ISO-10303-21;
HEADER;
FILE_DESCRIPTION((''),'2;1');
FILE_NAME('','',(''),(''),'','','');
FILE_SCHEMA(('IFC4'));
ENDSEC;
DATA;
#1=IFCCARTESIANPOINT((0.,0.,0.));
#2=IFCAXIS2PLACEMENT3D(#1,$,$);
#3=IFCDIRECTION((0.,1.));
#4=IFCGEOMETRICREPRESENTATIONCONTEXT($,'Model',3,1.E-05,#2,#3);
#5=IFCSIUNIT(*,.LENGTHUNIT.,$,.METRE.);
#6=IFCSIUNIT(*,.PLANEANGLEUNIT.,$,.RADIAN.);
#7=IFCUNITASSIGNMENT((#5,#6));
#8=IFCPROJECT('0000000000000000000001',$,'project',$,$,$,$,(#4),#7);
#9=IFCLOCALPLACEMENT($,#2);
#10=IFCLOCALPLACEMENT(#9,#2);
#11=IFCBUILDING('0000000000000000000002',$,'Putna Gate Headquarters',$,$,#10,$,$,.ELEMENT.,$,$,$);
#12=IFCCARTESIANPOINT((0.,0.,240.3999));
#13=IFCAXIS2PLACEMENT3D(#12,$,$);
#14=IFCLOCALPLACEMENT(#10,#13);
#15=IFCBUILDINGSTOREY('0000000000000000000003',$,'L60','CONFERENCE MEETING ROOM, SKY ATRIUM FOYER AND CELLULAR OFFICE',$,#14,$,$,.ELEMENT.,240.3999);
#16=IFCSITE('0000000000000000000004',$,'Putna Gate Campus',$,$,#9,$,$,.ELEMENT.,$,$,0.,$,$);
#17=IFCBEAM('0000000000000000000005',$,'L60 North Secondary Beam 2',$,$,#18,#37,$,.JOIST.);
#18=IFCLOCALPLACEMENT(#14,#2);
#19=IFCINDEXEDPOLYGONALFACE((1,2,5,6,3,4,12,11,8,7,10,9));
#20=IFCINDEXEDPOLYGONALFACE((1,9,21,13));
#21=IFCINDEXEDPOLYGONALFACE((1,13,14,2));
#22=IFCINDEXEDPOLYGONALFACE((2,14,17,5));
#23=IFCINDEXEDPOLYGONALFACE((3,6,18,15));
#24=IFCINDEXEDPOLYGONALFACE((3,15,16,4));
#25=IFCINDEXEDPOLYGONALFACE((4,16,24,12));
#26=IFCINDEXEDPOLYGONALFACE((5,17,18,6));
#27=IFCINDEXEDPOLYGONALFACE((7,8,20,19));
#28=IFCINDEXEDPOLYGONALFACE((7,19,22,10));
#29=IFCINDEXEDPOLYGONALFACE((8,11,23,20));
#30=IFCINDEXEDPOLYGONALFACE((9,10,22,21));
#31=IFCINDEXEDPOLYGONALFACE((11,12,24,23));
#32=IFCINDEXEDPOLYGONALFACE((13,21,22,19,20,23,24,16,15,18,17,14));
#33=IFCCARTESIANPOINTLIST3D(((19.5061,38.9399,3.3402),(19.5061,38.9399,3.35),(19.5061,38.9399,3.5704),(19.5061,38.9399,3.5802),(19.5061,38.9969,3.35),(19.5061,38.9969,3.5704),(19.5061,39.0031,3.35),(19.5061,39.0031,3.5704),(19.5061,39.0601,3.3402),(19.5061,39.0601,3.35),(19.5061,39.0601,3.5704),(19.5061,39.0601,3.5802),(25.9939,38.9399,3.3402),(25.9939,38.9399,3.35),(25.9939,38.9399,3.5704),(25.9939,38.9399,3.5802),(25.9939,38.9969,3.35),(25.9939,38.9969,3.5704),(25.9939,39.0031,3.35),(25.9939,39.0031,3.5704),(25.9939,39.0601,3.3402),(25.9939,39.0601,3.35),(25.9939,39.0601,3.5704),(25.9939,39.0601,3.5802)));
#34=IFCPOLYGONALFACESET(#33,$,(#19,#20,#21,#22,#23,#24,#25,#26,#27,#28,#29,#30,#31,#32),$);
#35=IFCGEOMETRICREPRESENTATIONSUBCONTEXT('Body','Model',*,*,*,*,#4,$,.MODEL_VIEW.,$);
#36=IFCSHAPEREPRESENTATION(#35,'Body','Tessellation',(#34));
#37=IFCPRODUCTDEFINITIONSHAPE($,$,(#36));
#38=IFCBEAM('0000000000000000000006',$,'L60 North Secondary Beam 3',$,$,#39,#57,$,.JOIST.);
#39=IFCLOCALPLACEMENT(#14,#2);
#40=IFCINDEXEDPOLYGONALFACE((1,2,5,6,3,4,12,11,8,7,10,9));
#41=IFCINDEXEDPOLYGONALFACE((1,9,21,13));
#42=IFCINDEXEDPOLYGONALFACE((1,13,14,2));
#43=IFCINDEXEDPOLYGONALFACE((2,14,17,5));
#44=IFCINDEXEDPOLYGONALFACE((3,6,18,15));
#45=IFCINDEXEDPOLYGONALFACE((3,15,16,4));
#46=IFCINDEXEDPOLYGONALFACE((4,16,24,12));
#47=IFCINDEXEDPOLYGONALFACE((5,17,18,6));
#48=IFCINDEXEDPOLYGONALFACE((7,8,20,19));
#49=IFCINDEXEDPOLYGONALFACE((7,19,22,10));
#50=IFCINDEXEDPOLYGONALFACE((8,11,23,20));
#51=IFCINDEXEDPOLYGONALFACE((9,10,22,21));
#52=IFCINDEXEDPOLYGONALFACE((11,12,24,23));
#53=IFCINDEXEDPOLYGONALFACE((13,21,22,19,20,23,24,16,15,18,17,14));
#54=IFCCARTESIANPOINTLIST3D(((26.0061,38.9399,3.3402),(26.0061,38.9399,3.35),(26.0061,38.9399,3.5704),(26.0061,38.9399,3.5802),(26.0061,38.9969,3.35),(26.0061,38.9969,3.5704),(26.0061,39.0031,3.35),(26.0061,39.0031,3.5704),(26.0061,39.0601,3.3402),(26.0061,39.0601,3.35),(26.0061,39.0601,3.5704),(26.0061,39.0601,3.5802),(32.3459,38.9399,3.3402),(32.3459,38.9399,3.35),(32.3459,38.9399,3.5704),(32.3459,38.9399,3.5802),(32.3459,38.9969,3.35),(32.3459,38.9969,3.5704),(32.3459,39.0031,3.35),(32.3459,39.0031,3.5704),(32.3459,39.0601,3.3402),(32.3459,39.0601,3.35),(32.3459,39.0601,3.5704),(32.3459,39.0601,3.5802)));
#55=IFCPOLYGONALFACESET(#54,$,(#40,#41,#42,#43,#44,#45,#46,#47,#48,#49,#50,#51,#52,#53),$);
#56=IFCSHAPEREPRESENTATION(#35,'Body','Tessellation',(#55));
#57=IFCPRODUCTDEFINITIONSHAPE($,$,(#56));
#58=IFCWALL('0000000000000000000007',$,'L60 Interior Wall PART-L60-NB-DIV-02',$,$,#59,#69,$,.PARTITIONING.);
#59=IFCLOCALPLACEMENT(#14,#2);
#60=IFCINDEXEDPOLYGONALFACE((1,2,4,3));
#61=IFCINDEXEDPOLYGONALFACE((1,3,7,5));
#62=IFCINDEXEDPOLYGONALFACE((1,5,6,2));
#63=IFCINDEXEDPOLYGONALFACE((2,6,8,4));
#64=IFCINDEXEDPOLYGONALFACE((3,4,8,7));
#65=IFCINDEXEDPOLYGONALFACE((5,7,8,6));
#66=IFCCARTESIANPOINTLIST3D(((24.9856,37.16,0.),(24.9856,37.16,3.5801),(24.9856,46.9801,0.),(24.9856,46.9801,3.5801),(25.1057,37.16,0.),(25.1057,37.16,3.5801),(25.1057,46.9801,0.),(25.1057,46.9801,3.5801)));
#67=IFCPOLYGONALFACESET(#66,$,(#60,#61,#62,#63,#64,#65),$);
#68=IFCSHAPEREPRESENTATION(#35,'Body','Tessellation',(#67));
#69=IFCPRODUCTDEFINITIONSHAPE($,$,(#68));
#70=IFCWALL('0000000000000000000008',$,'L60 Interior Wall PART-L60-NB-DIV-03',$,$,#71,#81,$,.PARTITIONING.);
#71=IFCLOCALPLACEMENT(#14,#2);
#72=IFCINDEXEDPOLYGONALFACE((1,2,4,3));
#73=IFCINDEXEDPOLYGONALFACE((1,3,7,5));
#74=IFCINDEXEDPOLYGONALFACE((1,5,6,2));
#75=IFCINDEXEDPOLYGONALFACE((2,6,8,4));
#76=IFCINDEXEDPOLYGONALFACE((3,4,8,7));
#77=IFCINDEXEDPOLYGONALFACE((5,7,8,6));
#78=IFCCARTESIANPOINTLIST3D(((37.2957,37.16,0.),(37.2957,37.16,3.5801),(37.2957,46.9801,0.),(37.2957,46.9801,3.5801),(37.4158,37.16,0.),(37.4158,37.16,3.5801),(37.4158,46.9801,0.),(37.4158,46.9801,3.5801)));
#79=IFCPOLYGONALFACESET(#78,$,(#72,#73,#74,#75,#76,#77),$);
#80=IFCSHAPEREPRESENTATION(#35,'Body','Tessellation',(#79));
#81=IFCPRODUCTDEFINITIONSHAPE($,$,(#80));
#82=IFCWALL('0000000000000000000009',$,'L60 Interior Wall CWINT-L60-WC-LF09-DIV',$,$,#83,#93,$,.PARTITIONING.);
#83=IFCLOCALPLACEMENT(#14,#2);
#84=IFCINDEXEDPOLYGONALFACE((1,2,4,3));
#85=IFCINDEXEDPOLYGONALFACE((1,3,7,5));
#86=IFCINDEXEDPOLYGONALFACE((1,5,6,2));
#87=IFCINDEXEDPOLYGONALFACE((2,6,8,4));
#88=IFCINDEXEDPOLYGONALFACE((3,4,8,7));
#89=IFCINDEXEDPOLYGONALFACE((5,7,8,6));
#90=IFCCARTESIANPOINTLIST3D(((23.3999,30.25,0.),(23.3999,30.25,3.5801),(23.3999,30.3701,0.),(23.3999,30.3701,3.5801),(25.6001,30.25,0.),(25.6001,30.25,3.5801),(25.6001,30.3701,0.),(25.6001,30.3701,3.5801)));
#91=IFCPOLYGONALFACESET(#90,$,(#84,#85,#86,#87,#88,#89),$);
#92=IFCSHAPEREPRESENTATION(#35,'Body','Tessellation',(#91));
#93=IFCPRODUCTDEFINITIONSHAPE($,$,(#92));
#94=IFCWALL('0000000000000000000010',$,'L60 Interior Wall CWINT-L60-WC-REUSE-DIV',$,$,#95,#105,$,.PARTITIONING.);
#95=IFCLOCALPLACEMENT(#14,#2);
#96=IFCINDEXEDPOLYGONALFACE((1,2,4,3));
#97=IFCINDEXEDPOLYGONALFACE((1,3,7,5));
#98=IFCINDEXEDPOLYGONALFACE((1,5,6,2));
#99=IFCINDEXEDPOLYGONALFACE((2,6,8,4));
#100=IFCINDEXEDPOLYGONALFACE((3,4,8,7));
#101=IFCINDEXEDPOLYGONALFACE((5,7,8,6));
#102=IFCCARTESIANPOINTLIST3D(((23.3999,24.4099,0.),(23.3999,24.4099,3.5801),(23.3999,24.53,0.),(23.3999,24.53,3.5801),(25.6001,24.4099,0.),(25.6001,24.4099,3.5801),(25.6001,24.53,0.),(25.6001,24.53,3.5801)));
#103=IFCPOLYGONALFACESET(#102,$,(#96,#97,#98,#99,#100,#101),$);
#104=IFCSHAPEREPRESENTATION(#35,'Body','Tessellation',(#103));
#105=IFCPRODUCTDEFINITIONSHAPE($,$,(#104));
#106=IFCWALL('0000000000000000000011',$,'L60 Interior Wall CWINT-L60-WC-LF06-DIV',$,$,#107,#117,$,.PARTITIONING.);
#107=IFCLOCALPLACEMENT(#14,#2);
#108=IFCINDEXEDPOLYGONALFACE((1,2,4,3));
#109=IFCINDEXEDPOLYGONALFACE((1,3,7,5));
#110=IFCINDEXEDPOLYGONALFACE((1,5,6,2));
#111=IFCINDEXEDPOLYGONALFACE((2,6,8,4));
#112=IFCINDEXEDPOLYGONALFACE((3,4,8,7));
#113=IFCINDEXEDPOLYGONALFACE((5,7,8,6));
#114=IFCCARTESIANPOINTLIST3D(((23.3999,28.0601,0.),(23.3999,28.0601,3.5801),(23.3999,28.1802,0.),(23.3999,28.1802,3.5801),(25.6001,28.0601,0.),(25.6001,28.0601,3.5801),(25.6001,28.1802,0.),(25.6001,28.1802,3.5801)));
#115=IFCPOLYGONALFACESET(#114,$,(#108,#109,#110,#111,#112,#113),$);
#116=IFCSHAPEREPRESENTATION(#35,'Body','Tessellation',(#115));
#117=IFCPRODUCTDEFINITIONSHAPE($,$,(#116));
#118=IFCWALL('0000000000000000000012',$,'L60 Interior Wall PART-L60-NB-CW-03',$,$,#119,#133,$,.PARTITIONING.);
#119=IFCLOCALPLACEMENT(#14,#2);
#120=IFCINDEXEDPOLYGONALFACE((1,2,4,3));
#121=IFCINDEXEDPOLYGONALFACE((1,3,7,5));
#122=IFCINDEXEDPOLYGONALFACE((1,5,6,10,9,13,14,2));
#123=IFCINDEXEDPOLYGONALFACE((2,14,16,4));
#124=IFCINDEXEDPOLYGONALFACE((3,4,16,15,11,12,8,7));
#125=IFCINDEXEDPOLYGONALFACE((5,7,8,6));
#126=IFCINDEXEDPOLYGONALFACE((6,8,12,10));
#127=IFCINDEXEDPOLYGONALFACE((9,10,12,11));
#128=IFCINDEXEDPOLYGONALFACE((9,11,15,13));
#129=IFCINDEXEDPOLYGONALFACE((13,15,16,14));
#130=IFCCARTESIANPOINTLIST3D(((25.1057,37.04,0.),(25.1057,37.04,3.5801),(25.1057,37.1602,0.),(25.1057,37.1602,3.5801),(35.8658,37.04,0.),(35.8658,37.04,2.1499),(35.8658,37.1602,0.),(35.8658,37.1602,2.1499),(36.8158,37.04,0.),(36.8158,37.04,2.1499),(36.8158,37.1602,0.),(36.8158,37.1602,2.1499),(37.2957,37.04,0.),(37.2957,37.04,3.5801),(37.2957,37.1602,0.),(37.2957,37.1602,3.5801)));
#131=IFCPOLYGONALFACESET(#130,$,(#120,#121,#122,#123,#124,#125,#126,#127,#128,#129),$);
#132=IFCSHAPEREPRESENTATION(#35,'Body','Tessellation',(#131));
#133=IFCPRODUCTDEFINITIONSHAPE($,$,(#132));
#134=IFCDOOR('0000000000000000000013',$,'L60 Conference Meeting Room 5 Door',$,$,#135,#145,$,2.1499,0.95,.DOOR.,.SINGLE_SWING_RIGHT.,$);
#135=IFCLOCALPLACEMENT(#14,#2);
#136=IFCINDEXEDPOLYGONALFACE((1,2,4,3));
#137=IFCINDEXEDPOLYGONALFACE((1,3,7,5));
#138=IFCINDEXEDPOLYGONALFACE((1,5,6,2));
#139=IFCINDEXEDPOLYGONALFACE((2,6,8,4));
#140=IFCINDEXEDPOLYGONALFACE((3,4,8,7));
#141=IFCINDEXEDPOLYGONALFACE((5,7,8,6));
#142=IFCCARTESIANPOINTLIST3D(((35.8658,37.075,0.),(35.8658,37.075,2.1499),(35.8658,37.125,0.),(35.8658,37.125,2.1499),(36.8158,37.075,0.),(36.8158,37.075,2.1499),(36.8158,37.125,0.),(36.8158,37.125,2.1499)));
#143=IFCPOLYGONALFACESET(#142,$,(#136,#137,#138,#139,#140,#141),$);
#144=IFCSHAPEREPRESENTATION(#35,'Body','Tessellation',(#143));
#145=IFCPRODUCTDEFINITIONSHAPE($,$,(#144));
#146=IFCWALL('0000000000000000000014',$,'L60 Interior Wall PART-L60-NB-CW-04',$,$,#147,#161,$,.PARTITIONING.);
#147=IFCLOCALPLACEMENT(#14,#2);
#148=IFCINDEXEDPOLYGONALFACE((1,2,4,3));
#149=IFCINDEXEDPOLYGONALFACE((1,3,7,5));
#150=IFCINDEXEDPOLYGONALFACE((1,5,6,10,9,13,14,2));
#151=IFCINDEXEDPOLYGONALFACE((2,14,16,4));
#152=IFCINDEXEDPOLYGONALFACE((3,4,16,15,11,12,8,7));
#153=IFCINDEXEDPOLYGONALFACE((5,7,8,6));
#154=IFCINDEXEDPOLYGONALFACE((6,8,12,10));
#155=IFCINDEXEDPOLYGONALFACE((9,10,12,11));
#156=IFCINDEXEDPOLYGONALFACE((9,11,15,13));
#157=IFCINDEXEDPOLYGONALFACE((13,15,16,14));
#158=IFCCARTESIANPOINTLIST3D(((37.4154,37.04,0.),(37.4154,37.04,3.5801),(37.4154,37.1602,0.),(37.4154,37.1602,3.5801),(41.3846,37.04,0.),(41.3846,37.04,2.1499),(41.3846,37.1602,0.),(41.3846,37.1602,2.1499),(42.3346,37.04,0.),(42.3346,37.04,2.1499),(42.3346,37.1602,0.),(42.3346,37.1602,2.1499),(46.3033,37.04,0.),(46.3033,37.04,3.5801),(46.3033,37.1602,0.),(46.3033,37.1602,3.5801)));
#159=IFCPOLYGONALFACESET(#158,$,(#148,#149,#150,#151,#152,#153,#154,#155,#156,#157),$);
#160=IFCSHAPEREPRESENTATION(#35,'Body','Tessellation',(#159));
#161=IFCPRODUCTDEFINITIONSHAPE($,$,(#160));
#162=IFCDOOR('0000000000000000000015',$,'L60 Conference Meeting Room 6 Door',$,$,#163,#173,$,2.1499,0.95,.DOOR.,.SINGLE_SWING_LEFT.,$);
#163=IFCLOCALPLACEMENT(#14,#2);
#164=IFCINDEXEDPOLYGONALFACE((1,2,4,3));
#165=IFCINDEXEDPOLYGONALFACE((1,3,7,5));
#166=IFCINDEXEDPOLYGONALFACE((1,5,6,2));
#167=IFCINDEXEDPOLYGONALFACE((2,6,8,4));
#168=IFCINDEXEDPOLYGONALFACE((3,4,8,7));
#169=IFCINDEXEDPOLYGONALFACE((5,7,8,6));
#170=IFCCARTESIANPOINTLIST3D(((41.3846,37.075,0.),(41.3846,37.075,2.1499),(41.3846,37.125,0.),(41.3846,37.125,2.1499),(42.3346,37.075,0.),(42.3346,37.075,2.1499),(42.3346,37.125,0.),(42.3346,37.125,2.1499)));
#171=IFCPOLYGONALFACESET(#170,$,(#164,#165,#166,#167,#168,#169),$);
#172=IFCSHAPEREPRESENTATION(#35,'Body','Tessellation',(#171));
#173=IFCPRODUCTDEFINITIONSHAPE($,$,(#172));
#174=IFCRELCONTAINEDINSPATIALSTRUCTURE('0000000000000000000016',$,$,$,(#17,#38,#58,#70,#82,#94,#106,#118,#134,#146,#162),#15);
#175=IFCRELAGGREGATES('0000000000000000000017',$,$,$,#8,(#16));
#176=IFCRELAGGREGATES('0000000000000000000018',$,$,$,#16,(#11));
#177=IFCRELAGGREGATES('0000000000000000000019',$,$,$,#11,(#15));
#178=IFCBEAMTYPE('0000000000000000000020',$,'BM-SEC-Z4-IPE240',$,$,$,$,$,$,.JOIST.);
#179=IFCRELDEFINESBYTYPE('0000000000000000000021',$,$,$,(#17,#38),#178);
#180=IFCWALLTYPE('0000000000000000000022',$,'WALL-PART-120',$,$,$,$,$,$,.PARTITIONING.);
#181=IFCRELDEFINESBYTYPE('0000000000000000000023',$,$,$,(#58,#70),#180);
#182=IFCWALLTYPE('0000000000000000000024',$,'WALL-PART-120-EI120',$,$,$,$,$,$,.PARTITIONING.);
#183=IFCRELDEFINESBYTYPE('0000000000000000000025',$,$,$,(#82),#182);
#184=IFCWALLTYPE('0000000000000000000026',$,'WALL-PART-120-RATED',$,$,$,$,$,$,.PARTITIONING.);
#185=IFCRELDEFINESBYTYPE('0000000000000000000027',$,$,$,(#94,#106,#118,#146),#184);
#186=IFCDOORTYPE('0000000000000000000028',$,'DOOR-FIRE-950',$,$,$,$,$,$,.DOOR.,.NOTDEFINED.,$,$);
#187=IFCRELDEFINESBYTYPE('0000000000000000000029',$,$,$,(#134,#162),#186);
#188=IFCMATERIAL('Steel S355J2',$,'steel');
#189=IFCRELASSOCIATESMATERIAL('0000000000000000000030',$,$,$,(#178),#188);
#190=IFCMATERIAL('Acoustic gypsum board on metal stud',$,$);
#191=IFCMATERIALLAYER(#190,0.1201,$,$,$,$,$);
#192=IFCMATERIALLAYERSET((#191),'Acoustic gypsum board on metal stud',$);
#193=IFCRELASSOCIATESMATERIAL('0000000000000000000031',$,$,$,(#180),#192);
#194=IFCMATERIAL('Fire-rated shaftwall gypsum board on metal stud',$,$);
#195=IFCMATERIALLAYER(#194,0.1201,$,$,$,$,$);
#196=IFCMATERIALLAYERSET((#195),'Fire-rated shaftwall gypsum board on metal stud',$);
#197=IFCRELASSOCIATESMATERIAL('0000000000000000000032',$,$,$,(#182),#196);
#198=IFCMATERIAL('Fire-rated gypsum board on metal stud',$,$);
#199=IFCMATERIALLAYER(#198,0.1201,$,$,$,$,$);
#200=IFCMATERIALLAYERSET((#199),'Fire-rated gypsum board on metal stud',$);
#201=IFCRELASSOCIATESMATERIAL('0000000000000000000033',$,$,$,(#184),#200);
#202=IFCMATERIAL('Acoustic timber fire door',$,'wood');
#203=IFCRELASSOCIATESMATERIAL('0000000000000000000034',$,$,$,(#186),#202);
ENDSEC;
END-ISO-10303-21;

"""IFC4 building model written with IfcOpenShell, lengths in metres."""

from ifc_helpers import new_model, si_unit, direction, frame, frame_2d, origin, origin_2d, place, context, subcontext, project, spatial, rectangle, i_section, extrude, material, layer, layer_set, material_profile, profile_set, type_object, element, fill, save


model = new_model("IFC4")

# Units and contexts
model_context = context("Model", 3, precision=1e-05, world=origin(), true_north=direction((0.0, 1.0)))
body_context = subcontext(model_context, "Body", "Model", "MODEL_VIEW")
ifc_project = project(units=[si_unit("LENGTHUNIT", "METRE"), si_unit("PLANEANGLEUNIT", "RADIAN")], contexts=[model_context])

# Site, building, storey
site_placement = place(None, origin())
site = spatial("IfcSite", under=ifc_project, at=site_placement, Name="Putna Gate Campus", CompositionType="ELEMENT", RefElevation=0.0)
building_placement = place(site_placement, origin())
building = spatial("IfcBuilding", under=site, at=building_placement, Name="Putna Gate Headquarters", CompositionType="ELEMENT")
storey_placement = place(building_placement, frame((0.0, 0.0, 240.3999)))
storey = spatial("IfcBuildingStorey", under=building, at=storey_placement, Name="L60", Description="CONFERENCE MEETING ROOM, SKY ATRIUM FOYER AND CELLULAR OFFICE", CompositionType="ELEMENT", Elevation=240.3999)

# Beams
ifc_material_1 = material(Name="Steel S355J2", Category="steel")
ifc_material_profile_1 = material_profile(ifc_material_1, i_section(OverallWidth=0.1201, OverallDepth=0.24, WebThickness=0.0061, FlangeThickness=0.0098, at=origin_2d()), Name="Steel S355J2")
ifc_profile_set_1 = profile_set([ifc_material_profile_1], Name="Steel S355J2")
beam_type_1 = type_object("IfcBeamType", Name="BM-SEC-Z4-IPE240", PredefinedType="JOIST", material=ifc_profile_set_1)
beam_1_placement = place(storey_placement, frame((19.5061, 39.0, 3.4602), z_axis=(1.0, 0.0, 0.0), x_axis=(0.0, 1.0, 0.0)))
element("IfcBeam", 1, at=beam_1_placement, inside=storey, type_object=beam_type_1, Name="L60 North Secondary Beam 2", PredefinedType="JOIST", context=body_context, shape_type="SweptSolid", body=[
    extrude(i_section(OverallWidth=0.1201, OverallDepth=0.24, WebThickness=0.0061, FlangeThickness=0.0098, at=origin_2d()), origin(), (0.0, 0.0, 1.0), 6.4878),
])
beam_2_placement = place(storey_placement, frame((26.0061, 39.0, 3.4602), z_axis=(1.0, 0.0, 0.0), x_axis=(0.0, 1.0, 0.0)))
element("IfcBeam", 2, at=beam_2_placement, inside=storey, type_object=beam_type_1, Name="L60 North Secondary Beam 3", PredefinedType="JOIST", context=body_context, shape_type="SweptSolid", body=[
    extrude(i_section(OverallWidth=0.1201, OverallDepth=0.24, WebThickness=0.0061, FlangeThickness=0.0098, at=origin_2d()), origin(), (0.0, 0.0, 1.0), 6.3398),
])

# Walls
ifc_material_2 = material(Name="Acoustic gypsum board on metal stud")
ifc_layer_1 = layer(ifc_material_2, 0.1201)
ifc_layer_set_1 = layer_set([ifc_layer_1], Name="Acoustic gypsum board on metal stud")
wall_type_1 = type_object("IfcWallType", Name="WALL-PART-120", PredefinedType="PARTITIONING", material=ifc_layer_set_1)
for number, where, z_axis, x_axis, name in (
    (3, (25.0457, 37.1599, 0.0), (0.0, 0.0, 1.0), (0.0, 1.0, 0.0), "L60 Interior Wall PART-L60-NB-DIV-02"),
    (4, (37.3557, 37.1599, 0.0), (0.0, 0.0, 1.0), (0.0, 1.0, 0.0), "L60 Interior Wall PART-L60-NB-DIV-03"),
):
    element("IfcWall", number, at=place(storey_placement, frame(where, z_axis=z_axis, x_axis=x_axis)), inside=storey, type_object=wall_type_1, Name=name, PredefinedType="PARTITIONING", context=body_context, shape_type="SweptSolid", body=[
        extrude(rectangle(XDim=9.8201, YDim=0.1201, at=frame_2d((4.9102, 0.0))), origin(), (0.0, 0.0, 1.0), 3.5801),
    ])
ifc_material_3 = material(Name="Fire-rated shaftwall gypsum board on metal stud")
ifc_layer_2 = layer(ifc_material_3, 0.1201)
ifc_layer_set_2 = layer_set([ifc_layer_2], Name="Fire-rated shaftwall gypsum board on metal stud")
wall_type_2 = type_object("IfcWallType", Name="WALL-PART-120-EI120", PredefinedType="PARTITIONING", material=ifc_layer_set_2)
wall_1_placement = place(storey_placement, frame((23.3999, 30.3101, 0.0), z_axis=(0.0, 0.0, 1.0), x_axis=(1.0, 0.0, 0.0)))
element("IfcWall", 5, at=wall_1_placement, inside=storey, type_object=wall_type_2, Name="L60 Interior Wall CWINT-L60-WC-LF09-DIV", PredefinedType="PARTITIONING", context=body_context, shape_type="SweptSolid", body=[
    extrude(rectangle(XDim=2.2002, YDim=0.1201, at=frame_2d((1.1001, 0.0))), origin(), (0.0, 0.0, 1.0), 3.5801),
])
ifc_material_4 = material(Name="Fire-rated gypsum board on metal stud")
ifc_layer_3 = layer(ifc_material_4, 0.1201)
ifc_layer_set_3 = layer_set([ifc_layer_3], Name="Fire-rated gypsum board on metal stud")
wall_type_3 = type_object("IfcWallType", Name="WALL-PART-120-RATED", PredefinedType="PARTITIONING", material=ifc_layer_set_3)
for number, where, z_axis, x_axis, name in (
    (6, (23.3999, 24.47, 0.0), (0.0, 0.0, 1.0), (1.0, 0.0, 0.0), "L60 Interior Wall CWINT-L60-WC-REUSE-DIV"),
    (7, (23.3999, 28.1201, 0.0), (0.0, 0.0, 1.0), (1.0, 0.0, 0.0), "L60 Interior Wall CWINT-L60-WC-LF06-DIV"),
):
    element("IfcWall", number, at=place(storey_placement, frame(where, z_axis=z_axis, x_axis=x_axis)), inside=storey, type_object=wall_type_3, Name=name, PredefinedType="PARTITIONING", context=body_context, shape_type="SweptSolid", body=[
        extrude(rectangle(XDim=2.2002, YDim=0.1201, at=frame_2d((1.1001, 0.0))), origin(), (0.0, 0.0, 1.0), 3.5801),
    ])

# Walls, openings, doors
wall_2_placement = place(storey_placement, frame((25.1057, 37.1001, 0.0), z_axis=(0.0, 0.0, 1.0), x_axis=(1.0, 0.0, 0.0)))
wall_2 = element("IfcWall", 8, at=wall_2_placement, inside=storey, type_object=wall_type_3, Name="L60 Interior Wall PART-L60-NB-CW-03", PredefinedType="PARTITIONING", context=body_context, shape_type="SweptSolid", body=[
    extrude(rectangle(XDim=12.1899, YDim=0.1201, at=frame_2d((6.095, 0.0))), origin(), (0.0, 0.0, 1.0), 3.5801),
])
opening_1_placement = place(wall_2_placement, frame((10.76, 0.0, 0.0)))
opening_1 = element("IfcOpeningElement", 9, at=opening_1_placement, cuts=wall_2, PredefinedType="OPENING", context=body_context, shape_type="SweptSolid", body=[
    extrude(rectangle(XDim=0.95, YDim=2.1499, at=frame_2d((0.4751, 1.075))), frame((0.0, 0.0701, 0.0), z_axis=(0.0, -1.0, 0.0), x_axis=(1.0, 0.0, 0.0)), (0.0, 0.0, 1.0), 0.1401),
])
ifc_material_5 = material(Name="Acoustic timber fire door", Category="wood")
door_type_1 = type_object("IfcDoorType", Name="DOOR-FIRE-950", OperationType="NOTDEFINED", PredefinedType="DOOR", material=ifc_material_5)
door_1_placement = place(opening_1_placement, origin())
door_1 = element("IfcDoor", 10, at=door_1_placement, inside=storey, type_object=door_type_1, Name="L60 Conference Meeting Room 5 Door", OperationType="SINGLE_SWING_RIGHT", OverallHeight=2.1499, OverallWidth=0.95, PredefinedType="DOOR", context=body_context, shape_type="SweptSolid", body=[
    extrude(rectangle(XDim=0.95, YDim=2.1499, at=frame_2d((0.4751, 1.075))), frame((0.0, 0.0249, 0.0), z_axis=(0.0, -1.0, 0.0), x_axis=(1.0, 0.0, 0.0)), (0.0, 0.0, 1.0), 0.05),
])
fill(opening_1, door_1)
wall_3_placement = place(storey_placement, frame((37.4155, 37.1001, 0.0), z_axis=(0.0, 0.0, 1.0), x_axis=(1.0, 0.0, 0.0)))
wall_3 = element("IfcWall", 11, at=wall_3_placement, inside=storey, type_object=wall_type_3, Name="L60 Interior Wall PART-L60-NB-CW-04", PredefinedType="PARTITIONING", context=body_context, shape_type="SweptSolid", body=[
    extrude(rectangle(XDim=8.8879, YDim=0.1201, at=frame_2d((4.4438, 0.0))), origin(), (0.0, 0.0, 1.0), 3.5801),
])
opening_2_placement = place(wall_3_placement, frame((3.969, 0.0, 0.0)))
opening_2 = element("IfcOpeningElement", 12, at=opening_2_placement, cuts=wall_3, PredefinedType="OPENING", context=body_context, shape_type="SweptSolid", body=[
    extrude(rectangle(XDim=0.95, YDim=2.1499, at=frame_2d((0.4751, 1.075))), frame((0.0, 0.0701, 0.0), z_axis=(0.0, -1.0, 0.0), x_axis=(1.0, 0.0, 0.0)), (0.0, 0.0, 1.0), 0.1401),
])
door_2_placement = place(opening_2_placement, origin())
door_2 = element("IfcDoor", 13, at=door_2_placement, inside=storey, type_object=door_type_1, Name="L60 Conference Meeting Room 6 Door", OperationType="SINGLE_SWING_LEFT", OverallHeight=2.1499, OverallWidth=0.95, PredefinedType="DOOR", context=body_context, shape_type="SweptSolid", body=[
    extrude(rectangle(XDim=0.95, YDim=2.1499, at=frame_2d((0.4751, 1.075))), frame((0.0, 0.0249, 0.0), z_axis=(0.0, -1.0, 0.0), x_axis=(1.0, 0.0, 0.0)), (0.0, 0.0, 1.0), 0.05),
])
fill(opening_2, door_2)

save(model, "model.ifc")
